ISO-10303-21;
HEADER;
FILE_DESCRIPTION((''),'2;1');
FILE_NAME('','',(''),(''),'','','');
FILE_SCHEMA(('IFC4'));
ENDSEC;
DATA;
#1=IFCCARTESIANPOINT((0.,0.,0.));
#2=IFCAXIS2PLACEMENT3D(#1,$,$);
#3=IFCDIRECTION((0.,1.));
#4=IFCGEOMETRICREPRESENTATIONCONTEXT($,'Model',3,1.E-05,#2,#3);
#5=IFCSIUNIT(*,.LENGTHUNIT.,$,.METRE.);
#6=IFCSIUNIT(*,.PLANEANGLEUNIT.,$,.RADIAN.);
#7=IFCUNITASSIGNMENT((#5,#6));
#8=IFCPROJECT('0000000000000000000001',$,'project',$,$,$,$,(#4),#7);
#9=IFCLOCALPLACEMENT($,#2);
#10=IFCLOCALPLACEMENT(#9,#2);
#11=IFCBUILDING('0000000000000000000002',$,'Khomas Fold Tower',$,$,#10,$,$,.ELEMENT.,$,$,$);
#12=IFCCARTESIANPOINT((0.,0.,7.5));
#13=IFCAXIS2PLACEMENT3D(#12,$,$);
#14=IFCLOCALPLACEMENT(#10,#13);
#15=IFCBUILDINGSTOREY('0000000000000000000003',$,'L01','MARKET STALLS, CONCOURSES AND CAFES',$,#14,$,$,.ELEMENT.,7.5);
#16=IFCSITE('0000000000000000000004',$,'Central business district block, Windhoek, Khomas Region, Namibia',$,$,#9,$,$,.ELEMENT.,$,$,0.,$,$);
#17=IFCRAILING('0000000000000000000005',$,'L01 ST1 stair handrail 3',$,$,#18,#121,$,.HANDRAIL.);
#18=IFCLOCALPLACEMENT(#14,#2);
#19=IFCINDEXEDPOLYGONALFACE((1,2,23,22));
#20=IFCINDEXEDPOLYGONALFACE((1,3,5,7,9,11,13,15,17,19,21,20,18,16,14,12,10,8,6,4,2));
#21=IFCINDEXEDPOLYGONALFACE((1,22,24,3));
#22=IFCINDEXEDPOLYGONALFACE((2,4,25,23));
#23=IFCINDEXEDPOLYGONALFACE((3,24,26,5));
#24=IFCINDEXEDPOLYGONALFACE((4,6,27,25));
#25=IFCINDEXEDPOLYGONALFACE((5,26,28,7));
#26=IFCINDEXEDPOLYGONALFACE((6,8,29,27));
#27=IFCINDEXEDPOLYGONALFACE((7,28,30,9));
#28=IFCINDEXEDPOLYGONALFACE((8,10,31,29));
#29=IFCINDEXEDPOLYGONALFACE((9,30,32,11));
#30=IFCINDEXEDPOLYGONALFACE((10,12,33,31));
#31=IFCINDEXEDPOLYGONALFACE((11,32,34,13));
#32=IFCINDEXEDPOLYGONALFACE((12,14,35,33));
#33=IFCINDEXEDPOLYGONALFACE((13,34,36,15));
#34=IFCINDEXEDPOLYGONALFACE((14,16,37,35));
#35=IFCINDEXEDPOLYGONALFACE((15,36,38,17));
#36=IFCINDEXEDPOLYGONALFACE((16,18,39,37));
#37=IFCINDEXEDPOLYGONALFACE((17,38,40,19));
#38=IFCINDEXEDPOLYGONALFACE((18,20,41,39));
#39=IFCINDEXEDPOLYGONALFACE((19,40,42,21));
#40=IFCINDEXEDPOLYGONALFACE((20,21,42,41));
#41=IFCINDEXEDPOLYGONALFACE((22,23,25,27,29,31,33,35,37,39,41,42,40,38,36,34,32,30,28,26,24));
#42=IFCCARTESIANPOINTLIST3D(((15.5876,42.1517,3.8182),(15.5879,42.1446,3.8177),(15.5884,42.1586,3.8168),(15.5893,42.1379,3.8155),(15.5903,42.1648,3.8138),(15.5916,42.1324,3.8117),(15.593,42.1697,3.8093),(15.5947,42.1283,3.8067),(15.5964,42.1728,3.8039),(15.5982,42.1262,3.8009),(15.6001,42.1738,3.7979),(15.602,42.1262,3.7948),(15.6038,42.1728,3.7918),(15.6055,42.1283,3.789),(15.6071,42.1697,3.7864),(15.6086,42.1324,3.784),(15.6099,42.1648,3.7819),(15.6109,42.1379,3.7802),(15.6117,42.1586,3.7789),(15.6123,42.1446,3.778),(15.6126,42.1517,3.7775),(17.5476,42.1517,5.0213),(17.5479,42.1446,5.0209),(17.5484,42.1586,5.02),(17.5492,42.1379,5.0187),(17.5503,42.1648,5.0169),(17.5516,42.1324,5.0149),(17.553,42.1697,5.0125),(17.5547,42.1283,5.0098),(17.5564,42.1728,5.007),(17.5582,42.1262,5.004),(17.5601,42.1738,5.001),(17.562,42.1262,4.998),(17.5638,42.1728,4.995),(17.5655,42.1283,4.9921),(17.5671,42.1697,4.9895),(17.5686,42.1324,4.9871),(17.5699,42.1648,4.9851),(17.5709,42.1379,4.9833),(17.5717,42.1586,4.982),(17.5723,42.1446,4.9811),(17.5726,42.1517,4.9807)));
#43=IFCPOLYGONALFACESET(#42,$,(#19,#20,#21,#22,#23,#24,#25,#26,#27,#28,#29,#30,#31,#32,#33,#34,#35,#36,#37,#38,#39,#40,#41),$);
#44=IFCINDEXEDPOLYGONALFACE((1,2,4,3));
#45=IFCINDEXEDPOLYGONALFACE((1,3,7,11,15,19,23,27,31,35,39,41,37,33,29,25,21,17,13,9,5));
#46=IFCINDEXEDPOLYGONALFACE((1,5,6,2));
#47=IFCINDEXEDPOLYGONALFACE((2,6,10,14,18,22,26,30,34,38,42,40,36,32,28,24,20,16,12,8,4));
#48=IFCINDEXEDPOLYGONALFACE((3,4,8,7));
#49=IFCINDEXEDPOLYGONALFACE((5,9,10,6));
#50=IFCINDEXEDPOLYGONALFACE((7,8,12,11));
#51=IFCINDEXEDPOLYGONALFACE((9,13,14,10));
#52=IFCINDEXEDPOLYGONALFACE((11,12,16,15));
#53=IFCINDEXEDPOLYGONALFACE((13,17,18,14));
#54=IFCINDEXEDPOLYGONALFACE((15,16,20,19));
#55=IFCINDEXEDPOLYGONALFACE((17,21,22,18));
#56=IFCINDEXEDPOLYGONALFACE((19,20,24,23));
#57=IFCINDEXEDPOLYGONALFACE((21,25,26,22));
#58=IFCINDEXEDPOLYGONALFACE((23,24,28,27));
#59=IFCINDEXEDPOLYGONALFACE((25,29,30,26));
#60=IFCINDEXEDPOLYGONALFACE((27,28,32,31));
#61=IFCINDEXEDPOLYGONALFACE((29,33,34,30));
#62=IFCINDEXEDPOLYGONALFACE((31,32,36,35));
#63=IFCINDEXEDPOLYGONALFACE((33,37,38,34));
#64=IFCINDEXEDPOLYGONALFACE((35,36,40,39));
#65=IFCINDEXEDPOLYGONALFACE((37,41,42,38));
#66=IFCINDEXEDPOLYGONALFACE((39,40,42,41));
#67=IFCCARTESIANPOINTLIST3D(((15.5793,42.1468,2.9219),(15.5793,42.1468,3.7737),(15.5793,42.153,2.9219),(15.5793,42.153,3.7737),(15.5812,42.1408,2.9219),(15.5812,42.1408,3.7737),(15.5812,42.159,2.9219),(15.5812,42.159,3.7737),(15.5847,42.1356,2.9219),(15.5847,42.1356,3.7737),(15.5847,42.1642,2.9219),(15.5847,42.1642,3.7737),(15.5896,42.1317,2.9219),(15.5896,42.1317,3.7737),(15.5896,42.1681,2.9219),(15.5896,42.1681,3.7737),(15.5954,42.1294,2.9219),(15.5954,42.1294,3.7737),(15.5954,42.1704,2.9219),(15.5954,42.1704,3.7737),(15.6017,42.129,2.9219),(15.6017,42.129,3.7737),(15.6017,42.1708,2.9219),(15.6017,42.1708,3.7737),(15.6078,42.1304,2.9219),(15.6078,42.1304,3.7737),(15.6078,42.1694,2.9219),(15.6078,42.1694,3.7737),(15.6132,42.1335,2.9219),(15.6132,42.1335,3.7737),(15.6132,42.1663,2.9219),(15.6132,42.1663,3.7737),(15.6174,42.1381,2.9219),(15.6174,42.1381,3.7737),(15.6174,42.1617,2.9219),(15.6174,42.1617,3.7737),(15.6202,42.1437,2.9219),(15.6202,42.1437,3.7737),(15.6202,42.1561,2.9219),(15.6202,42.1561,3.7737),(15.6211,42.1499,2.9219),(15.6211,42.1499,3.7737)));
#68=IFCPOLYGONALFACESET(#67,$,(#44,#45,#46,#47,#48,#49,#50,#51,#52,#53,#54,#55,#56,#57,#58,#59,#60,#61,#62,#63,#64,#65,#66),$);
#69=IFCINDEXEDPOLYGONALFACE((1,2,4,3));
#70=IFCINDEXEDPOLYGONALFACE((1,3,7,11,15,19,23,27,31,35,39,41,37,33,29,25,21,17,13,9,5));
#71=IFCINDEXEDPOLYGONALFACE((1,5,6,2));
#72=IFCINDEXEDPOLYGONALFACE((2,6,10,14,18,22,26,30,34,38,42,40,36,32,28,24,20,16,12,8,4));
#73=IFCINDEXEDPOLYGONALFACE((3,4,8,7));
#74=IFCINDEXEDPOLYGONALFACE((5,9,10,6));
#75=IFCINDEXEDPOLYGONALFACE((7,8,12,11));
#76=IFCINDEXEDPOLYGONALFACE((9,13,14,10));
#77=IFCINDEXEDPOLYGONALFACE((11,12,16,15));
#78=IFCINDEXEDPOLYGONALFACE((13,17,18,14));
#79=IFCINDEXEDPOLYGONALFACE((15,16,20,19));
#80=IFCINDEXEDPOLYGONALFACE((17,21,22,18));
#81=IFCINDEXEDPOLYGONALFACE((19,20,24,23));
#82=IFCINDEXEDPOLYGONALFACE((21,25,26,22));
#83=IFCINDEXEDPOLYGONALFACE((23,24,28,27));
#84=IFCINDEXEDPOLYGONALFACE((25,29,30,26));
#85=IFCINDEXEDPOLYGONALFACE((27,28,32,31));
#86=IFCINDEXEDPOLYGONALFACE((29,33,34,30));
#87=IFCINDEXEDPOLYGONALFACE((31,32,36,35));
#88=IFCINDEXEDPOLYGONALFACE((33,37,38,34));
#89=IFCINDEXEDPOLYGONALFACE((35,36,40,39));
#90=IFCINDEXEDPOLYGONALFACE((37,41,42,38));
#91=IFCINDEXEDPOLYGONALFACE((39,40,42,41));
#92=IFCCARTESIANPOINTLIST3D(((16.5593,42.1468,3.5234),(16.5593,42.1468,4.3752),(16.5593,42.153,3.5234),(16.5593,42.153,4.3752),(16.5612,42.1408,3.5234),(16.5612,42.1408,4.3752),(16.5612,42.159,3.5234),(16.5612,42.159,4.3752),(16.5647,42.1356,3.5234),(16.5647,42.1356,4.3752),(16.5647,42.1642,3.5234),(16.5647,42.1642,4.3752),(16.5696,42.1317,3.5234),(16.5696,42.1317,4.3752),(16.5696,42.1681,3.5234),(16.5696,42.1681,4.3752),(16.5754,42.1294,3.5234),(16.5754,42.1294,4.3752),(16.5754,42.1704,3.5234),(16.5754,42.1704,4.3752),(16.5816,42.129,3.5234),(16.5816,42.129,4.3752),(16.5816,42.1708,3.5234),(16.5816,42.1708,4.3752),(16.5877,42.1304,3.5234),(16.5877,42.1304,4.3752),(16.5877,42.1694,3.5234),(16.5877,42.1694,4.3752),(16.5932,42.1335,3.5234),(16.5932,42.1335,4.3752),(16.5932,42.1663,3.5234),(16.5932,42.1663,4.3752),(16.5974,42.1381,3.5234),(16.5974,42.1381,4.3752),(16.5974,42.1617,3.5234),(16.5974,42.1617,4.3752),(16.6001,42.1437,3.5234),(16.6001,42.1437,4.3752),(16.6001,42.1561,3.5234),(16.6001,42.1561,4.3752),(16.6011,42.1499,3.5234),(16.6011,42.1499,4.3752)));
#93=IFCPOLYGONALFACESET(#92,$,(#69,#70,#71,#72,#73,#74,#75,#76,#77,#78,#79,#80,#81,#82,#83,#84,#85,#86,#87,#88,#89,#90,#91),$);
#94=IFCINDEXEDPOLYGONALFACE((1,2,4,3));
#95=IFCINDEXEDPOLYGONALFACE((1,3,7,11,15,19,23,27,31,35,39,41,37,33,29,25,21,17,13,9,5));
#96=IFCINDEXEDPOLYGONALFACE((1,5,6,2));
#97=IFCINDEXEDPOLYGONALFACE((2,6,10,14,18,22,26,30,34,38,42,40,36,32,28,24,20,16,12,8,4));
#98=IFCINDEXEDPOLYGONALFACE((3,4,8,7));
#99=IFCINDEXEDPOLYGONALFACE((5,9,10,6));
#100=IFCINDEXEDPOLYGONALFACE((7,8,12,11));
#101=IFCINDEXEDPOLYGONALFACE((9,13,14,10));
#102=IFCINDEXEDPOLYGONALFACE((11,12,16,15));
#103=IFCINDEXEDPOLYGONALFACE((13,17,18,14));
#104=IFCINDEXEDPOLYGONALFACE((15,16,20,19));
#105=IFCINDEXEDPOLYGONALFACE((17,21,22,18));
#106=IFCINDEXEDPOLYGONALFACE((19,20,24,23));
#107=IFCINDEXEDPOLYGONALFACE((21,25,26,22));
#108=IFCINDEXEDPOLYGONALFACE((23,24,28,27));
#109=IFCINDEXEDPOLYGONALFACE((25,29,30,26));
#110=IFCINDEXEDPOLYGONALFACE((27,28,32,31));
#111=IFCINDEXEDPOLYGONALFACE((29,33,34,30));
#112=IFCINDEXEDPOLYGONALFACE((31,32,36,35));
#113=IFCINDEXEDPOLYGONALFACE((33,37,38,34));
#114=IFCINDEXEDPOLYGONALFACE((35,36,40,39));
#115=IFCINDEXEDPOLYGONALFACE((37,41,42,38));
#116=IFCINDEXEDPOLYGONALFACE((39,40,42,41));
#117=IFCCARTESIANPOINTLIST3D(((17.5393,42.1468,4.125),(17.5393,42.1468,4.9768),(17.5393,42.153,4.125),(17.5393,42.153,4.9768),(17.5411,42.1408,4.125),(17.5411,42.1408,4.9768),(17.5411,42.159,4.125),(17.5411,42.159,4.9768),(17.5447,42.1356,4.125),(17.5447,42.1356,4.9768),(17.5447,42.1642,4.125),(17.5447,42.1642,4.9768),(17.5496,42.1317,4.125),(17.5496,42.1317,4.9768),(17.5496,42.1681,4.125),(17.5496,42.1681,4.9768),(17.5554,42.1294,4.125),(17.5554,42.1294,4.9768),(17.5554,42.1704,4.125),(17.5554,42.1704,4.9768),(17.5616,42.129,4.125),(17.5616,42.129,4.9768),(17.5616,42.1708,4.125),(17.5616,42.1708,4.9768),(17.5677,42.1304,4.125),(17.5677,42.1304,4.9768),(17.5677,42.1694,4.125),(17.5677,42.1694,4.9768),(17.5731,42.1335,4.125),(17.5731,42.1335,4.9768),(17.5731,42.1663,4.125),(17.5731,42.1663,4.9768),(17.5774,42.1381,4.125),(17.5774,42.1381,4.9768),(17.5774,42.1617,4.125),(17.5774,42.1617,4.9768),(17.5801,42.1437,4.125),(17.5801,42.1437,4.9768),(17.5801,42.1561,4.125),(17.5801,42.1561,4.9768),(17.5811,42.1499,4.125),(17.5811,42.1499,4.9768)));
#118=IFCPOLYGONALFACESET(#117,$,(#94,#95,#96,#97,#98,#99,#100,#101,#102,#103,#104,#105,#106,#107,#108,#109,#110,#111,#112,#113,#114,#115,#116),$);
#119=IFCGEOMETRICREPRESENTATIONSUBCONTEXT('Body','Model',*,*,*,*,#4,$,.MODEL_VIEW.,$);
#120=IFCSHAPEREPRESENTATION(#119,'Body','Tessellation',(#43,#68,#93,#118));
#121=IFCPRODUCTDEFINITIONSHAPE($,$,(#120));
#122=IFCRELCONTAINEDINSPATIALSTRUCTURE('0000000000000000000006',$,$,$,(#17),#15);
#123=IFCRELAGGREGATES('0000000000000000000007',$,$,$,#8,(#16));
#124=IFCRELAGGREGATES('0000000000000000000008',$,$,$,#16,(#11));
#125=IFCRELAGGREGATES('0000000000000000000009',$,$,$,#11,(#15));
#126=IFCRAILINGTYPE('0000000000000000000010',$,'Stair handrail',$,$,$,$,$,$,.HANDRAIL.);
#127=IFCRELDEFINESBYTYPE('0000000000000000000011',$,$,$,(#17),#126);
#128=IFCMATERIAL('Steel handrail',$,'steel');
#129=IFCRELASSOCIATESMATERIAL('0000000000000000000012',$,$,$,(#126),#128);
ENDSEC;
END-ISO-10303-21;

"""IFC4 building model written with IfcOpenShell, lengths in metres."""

from ifc_helpers import new_model, si_unit, direction, frame, origin, origin_2d, place, context, subcontext, project, spatial, circle, extrude, source, transform, mapped, material, type_object, element, save


model = new_model("IFC4")

# Units and contexts
model_context = context("Model", 3, precision=1e-05, world=origin(), true_north=direction((0.0, 1.0)))
body_context = subcontext(model_context, "Body", "Model", "MODEL_VIEW")
ifc_project = project(units=[si_unit("LENGTHUNIT", "METRE"), si_unit("PLANEANGLEUNIT", "RADIAN")], contexts=[model_context])

# Site, building, storey
site_placement = place(None, origin())
site = spatial("IfcSite", under=ifc_project, at=site_placement, Name="Central business district block, Windhoek, Khomas Region, Namibia", CompositionType="ELEMENT", RefElevation=0.0)
building_placement = place(site_placement, origin())
building = spatial("IfcBuilding", under=site, at=building_placement, Name="Khomas Fold Tower", CompositionType="ELEMENT")
storey_placement = place(building_placement, frame((0.0, 0.0, 7.5)))
storey = spatial("IfcBuildingStorey", under=building, at=storey_placement, Name="L01", Description="MARKET STALLS, CONCOURSES AND CAFES", CompositionType="ELEMENT", Elevation=7.5)

# Railing
ifc_material_1 = material(Name="Steel handrail", Category="steel")
railing_type_1 = type_object("IfcRailingType", Name="Stair handrail", PredefinedType="HANDRAIL", material=ifc_material_1)
shared_shape_1 = source(origin(), body_context, "Body", "SweptSolid", [
    extrude(circle(Radius=0.0239, at=origin_2d()), frame((0.0, 0.0, 0.876), z_axis=(0.852241, 0.0, 0.523149), x_axis=(0.0, 1.0, 0.0)), (0.0, 0.0, 1.0), 2.2998),
    extrude(circle(Radius=0.021, at=origin_2d()), origin(), (0.0, 0.0, 1.0), 0.8518),
    extrude(circle(Radius=0.021, at=origin_2d()), frame((0.98, 0.0, 0.6016)), (0.0, 0.0, 1.0), 0.8518),
    extrude(circle(Radius=0.021, at=origin_2d()), frame((1.96, 0.0, 1.2031)), (0.0, 0.0, 1.0), 0.8518),
])
for number, where, name in (
    (1, (15.6001, 42.1499, 2.9219), "L01 ST1 stair handrail 3"),
):
    element("IfcRailing", number, at=place(storey_placement, frame(where)), inside=storey, type_object=railing_type_1, Name=name, PredefinedType="HANDRAIL", context=body_context, shape_type="MappedRepresentation", body=[
        mapped(shared_shape_1, transform((0.0, 0.0, 0.0))),
    ])

save(model, "model.ifc")
